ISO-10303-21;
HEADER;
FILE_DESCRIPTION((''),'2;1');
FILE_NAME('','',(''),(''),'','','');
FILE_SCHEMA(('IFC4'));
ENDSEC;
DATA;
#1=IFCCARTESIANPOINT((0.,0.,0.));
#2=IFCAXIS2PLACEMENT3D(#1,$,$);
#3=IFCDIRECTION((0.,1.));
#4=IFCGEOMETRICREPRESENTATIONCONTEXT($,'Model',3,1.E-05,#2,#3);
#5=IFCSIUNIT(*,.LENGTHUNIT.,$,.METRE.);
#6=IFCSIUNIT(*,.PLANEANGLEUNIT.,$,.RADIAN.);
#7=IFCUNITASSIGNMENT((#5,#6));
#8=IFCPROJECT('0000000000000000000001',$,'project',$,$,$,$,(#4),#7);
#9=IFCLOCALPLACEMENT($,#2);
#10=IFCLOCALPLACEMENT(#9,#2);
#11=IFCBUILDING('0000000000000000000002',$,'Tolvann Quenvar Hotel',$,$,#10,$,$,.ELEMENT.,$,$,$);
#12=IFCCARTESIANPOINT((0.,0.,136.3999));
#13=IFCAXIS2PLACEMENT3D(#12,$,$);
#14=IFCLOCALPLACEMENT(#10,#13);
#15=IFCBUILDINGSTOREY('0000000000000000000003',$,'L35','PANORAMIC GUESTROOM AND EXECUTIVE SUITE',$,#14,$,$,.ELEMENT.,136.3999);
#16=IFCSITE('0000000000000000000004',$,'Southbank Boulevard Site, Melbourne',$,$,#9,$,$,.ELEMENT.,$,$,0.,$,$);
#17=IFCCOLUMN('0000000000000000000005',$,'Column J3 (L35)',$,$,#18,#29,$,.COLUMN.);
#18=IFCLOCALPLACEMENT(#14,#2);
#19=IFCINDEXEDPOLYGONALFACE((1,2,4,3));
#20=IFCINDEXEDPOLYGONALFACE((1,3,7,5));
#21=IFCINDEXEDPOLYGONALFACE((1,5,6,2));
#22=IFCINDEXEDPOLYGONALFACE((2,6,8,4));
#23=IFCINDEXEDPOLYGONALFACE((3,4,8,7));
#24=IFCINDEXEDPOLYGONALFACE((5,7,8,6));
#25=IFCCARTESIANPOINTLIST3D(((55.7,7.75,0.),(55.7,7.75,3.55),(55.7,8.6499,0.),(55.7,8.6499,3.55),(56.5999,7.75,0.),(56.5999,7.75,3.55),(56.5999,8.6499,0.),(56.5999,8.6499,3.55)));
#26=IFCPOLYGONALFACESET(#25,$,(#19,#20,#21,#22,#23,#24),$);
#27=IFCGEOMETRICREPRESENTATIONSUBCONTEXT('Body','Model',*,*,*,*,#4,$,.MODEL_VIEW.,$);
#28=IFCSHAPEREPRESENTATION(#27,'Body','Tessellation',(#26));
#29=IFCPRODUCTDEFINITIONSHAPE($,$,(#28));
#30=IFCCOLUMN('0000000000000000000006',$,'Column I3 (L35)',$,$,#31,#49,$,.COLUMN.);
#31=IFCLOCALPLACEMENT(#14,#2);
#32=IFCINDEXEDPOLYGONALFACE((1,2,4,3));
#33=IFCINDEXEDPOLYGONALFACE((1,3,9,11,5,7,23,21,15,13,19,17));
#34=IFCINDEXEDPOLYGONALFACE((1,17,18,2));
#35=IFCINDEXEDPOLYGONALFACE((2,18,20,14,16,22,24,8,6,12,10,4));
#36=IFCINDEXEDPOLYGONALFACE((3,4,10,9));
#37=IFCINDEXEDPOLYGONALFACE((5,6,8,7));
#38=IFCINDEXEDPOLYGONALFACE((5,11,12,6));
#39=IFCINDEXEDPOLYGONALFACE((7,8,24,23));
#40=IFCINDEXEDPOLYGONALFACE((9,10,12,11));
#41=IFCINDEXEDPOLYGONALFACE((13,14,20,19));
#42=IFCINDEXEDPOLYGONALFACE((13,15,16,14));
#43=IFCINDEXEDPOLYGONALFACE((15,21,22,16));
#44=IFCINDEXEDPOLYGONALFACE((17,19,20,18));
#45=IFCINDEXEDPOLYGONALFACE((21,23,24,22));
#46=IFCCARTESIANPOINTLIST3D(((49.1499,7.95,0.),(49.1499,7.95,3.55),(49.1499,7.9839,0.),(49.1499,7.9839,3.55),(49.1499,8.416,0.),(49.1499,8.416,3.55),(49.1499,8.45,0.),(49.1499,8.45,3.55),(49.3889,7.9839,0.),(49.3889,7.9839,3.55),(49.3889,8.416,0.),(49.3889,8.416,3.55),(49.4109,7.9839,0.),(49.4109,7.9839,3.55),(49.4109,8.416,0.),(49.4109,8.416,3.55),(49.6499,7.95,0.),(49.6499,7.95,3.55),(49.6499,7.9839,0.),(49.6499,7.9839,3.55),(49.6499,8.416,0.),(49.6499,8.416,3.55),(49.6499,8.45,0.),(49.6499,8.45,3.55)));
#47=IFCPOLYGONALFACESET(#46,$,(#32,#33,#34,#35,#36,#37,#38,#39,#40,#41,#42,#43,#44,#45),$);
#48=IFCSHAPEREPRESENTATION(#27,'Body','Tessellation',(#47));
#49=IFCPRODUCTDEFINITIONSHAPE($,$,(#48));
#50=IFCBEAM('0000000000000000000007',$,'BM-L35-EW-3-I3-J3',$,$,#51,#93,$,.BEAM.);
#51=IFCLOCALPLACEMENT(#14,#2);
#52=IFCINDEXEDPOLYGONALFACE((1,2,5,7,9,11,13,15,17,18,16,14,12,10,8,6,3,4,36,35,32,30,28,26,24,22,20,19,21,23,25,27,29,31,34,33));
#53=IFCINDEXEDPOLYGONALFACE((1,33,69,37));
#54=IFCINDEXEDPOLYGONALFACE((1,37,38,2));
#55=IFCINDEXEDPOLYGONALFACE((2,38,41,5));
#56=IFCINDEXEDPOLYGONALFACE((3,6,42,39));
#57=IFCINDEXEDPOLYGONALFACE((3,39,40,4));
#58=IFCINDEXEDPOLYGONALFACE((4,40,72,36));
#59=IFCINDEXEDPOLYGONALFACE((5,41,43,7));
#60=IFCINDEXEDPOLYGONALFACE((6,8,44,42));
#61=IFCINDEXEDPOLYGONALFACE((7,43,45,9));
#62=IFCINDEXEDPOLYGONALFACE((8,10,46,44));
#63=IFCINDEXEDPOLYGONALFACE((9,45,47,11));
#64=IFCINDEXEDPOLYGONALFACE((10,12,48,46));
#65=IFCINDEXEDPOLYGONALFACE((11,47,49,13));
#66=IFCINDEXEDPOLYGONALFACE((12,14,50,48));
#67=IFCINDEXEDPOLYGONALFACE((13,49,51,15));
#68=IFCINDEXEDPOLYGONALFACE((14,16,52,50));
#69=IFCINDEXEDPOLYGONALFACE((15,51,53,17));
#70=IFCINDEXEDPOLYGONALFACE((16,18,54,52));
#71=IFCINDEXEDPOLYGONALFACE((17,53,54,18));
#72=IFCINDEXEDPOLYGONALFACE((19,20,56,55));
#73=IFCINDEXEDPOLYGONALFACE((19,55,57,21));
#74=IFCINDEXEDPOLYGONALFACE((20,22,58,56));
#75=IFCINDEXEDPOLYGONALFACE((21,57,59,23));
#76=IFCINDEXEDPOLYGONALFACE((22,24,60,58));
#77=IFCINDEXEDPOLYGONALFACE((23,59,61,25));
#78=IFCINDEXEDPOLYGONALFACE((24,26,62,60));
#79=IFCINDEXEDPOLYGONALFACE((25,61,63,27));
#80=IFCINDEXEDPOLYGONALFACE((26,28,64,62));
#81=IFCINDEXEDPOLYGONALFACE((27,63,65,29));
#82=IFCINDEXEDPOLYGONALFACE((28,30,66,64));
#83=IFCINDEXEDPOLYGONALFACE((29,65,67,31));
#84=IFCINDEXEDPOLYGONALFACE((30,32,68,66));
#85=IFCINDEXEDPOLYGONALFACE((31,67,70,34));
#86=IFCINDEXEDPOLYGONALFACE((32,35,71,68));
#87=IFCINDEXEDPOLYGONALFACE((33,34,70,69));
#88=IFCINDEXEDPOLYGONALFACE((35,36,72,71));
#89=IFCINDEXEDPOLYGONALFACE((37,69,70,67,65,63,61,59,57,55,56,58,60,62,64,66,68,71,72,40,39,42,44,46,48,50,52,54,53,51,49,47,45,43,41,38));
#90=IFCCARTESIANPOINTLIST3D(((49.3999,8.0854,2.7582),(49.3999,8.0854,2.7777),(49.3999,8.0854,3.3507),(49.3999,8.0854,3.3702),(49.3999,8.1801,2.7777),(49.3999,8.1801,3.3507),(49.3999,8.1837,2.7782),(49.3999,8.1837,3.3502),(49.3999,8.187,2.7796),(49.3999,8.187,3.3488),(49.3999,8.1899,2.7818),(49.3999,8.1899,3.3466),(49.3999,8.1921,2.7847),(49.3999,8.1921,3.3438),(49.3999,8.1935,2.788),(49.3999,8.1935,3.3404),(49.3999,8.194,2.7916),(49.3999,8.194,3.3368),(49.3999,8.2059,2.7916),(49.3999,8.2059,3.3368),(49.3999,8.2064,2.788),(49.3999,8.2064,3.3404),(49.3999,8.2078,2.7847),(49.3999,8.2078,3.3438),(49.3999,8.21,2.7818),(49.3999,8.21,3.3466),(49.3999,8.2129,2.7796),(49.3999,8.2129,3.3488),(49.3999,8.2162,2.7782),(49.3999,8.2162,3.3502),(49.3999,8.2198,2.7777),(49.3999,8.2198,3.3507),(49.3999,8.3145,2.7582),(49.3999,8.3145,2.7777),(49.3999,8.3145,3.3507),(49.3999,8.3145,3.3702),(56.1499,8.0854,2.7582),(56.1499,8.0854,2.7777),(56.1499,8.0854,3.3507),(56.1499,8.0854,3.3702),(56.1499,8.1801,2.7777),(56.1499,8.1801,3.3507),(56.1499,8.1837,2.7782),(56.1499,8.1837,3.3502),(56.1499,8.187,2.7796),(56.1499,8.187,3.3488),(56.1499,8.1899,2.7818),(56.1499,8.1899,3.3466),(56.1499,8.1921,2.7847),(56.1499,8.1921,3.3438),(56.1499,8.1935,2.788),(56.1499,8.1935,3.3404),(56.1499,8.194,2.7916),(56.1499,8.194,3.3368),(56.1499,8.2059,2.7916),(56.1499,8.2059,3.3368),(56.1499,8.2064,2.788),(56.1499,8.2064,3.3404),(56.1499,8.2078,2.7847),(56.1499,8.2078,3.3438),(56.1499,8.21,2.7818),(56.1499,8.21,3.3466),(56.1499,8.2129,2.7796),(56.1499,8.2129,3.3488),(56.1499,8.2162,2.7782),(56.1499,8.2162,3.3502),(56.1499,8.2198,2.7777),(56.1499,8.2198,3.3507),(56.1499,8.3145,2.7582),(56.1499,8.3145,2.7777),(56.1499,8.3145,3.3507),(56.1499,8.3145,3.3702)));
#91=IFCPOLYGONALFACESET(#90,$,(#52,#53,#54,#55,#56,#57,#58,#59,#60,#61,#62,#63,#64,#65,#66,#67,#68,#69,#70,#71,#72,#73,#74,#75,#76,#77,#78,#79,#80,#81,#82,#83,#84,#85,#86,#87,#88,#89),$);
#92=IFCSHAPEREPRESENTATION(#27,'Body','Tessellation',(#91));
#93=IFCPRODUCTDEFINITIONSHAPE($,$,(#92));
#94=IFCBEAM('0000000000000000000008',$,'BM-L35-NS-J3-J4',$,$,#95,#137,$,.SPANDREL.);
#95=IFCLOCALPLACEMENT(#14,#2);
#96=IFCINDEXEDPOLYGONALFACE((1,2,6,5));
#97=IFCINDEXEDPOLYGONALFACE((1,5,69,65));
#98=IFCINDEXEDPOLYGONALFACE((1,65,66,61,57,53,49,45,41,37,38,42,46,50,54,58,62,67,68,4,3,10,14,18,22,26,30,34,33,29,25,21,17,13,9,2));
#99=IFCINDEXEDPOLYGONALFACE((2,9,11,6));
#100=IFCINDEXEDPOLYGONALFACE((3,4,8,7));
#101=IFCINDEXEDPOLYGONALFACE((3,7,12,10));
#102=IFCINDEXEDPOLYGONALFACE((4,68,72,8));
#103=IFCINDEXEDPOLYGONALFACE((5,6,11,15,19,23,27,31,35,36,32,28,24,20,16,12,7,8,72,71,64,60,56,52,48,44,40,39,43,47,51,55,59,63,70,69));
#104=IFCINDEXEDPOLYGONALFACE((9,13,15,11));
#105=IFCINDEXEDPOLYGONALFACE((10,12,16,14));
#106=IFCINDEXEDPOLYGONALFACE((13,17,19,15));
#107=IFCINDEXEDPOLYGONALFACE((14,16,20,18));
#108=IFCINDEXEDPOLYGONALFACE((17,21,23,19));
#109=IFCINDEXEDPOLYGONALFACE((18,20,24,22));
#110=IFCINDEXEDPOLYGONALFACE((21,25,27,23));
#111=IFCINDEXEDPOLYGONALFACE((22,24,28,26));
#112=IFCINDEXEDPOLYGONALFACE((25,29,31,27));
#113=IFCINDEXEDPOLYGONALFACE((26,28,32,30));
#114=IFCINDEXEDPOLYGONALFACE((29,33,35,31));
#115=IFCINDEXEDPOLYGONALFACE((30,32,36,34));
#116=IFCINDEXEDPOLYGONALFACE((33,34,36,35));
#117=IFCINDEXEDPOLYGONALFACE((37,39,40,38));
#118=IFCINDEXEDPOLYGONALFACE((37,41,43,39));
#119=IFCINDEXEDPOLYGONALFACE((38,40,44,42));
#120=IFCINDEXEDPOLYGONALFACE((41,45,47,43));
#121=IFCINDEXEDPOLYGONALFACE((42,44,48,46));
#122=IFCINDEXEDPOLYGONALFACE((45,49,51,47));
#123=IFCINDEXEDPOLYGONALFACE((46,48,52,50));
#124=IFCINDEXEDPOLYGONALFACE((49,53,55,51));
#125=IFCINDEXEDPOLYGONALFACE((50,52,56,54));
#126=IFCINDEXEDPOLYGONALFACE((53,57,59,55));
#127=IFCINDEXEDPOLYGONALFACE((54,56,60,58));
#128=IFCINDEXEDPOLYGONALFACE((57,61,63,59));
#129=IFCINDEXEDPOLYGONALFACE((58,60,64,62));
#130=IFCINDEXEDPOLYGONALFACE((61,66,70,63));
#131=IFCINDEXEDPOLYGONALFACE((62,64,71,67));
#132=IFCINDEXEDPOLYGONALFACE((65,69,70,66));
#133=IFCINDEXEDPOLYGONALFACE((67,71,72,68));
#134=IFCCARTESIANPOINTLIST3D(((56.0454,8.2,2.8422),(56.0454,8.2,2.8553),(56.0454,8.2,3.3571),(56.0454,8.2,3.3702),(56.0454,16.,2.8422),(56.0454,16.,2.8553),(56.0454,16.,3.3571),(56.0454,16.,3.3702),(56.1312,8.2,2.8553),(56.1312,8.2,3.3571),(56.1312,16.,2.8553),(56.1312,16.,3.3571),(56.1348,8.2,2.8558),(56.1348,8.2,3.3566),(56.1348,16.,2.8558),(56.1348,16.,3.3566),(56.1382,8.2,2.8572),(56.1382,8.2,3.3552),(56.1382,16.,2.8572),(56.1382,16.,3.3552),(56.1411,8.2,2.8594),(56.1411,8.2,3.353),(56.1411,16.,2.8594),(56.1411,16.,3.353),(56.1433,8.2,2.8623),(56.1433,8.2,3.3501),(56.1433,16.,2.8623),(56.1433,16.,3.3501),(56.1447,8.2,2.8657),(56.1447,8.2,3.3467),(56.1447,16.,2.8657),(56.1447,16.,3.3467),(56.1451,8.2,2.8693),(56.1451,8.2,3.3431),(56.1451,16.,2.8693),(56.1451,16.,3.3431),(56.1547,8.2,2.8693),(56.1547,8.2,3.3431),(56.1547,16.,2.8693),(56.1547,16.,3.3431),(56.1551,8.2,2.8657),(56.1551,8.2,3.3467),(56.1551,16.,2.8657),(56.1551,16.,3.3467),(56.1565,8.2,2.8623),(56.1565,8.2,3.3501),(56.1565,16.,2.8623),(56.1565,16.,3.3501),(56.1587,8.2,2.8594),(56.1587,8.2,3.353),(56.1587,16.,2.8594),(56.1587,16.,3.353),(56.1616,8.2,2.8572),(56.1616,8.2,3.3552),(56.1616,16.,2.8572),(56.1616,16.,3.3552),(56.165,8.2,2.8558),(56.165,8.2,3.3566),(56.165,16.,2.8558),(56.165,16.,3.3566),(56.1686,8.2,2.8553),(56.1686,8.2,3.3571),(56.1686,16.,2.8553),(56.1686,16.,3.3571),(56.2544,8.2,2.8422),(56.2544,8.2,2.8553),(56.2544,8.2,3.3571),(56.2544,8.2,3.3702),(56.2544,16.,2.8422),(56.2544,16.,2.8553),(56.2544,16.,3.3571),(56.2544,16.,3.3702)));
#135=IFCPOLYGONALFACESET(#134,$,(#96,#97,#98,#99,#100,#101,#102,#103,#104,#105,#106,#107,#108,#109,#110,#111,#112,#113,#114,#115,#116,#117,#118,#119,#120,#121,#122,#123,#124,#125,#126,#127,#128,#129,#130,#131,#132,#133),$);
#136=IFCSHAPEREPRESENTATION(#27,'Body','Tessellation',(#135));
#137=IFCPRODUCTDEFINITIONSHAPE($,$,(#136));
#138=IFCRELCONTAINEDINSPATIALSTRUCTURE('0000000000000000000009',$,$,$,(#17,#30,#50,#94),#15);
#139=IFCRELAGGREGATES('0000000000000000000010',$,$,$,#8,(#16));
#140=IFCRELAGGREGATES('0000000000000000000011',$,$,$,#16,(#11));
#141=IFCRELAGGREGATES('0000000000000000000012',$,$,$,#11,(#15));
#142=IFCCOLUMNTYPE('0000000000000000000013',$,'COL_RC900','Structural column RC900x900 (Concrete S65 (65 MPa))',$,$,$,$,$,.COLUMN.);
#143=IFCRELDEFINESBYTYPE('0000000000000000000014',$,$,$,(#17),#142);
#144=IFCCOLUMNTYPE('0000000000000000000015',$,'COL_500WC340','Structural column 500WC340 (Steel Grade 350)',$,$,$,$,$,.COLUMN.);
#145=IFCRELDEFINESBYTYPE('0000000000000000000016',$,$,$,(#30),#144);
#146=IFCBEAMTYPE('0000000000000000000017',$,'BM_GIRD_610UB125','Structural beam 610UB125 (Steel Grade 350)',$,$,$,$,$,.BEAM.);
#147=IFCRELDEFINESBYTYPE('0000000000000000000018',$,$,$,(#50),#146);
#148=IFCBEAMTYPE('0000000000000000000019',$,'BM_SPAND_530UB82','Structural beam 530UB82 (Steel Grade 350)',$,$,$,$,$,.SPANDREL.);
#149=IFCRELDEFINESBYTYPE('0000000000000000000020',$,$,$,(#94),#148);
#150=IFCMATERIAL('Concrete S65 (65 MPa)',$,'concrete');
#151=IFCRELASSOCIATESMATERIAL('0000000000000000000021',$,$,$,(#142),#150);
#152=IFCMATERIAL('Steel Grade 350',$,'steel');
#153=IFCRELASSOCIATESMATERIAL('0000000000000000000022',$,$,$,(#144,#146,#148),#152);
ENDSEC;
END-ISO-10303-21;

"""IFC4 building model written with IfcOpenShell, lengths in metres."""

from ifc_helpers import new_model, si_unit, direction, frame, origin, origin_2d, place, context, subcontext, project, spatial, rectangle, i_section, extrude, source, transform, mapped, material, material_profile, profile_set, type_object, type_shapes, element, save


model = new_model("IFC4")

# Units and contexts
model_context = context("Model", 3, precision=1e-05, world=origin(), true_north=direction((0.0, 1.0)))
body_context = subcontext(model_context, "Body", "Model", "MODEL_VIEW")
ifc_project = project(units=[si_unit("LENGTHUNIT", "METRE"), si_unit("PLANEANGLEUNIT", "RADIAN")], contexts=[model_context])

# Site, building, storey
site_placement = place(None, origin())
site = spatial("IfcSite", under=ifc_project, at=site_placement, Name="Southbank Boulevard Site, Melbourne", CompositionType="ELEMENT", RefElevation=0.0)
building_placement = place(site_placement, origin())
building = spatial("IfcBuilding", under=site, at=building_placement, Name="Tolvann Quenvar Hotel", CompositionType="ELEMENT")
storey_placement = place(building_placement, frame((0.0, 0.0, 136.3999)))
storey = spatial("IfcBuildingStorey", under=building, at=storey_placement, Name="L35", Description="PANORAMIC GUESTROOM AND EXECUTIVE SUITE", CompositionType="ELEMENT", Elevation=136.3999)

# Columns
ifc_material_1 = material(Name="Concrete S65 (65 MPa)", Category="concrete")
ifc_material_profile_1 = material_profile(ifc_material_1, rectangle(XDim=0.8999, YDim=0.8999, at=origin_2d()), Name="RC900x900")
ifc_profile_set_1 = profile_set([ifc_material_profile_1], Name="Concrete S65 (65 MPa)")
column_type_1 = type_object("IfcColumnType", Name="COL_RC900", Description="Structural column RC900x900 (Concrete S65 (65 MPa))", PredefinedType="COLUMN", material=ifc_profile_set_1)
shared_shape_1 = source(origin(), body_context, "Body", "SweptSolid", [
    extrude(rectangle(XDim=0.8999, YDim=0.8999, at=origin_2d()), origin(), (0.0, 0.0, 1.0), 3.55),
])
type_shapes(column_type_1, [shared_shape_1])
column_1_placement = place(storey_placement, frame((56.1499, 8.2, 0.0), z_axis=(0.0, 0.0, 1.0), x_axis=(1.0, 0.0, 0.0)))
element("IfcColumn", 1, at=column_1_placement, inside=storey, type_object=column_type_1, Name="Column J3 (L35)", PredefinedType="COLUMN", context=body_context, shape_type="MappedRepresentation", body=[
    mapped(shared_shape_1, transform((0.0, 0.0, 0.0), x_axis=(1.0, 0.0, 0.0), y_axis=(0.0, 1.0, 0.0), z_axis=(0.0, 0.0, 1.0), scale=1.0)),
])
ifc_material_2 = material(Name="Steel Grade 350", Category="steel")
ifc_material_profile_2 = material_profile(ifc_material_2, i_section(OverallWidth=0.5, OverallDepth=0.5, WebThickness=0.022, FlangeThickness=0.0339, at=origin_2d()), Name="500WC340")
ifc_profile_set_2 = profile_set([ifc_material_profile_2], Name="Steel Grade 350")
column_type_2 = type_object("IfcColumnType", Name="COL_500WC340", Description="Structural column 500WC340 (Steel Grade 350)", PredefinedType="COLUMN", material=ifc_profile_set_2)
shared_shape_2 = source(origin(), body_context, "Body", "SweptSolid", [
    extrude(i_section(OverallWidth=0.5, OverallDepth=0.5, WebThickness=0.022, FlangeThickness=0.0339, at=origin_2d()), origin(), (0.0, 0.0, 1.0), 3.55),
])
type_shapes(column_type_2, [shared_shape_2])
column_2_placement = place(storey_placement, frame((49.3999, 8.2, 0.0), z_axis=(0.0, 0.0, 1.0), x_axis=(1.0, 0.0, 0.0)))
element("IfcColumn", 2, at=column_2_placement, inside=storey, type_object=column_type_2, Name="Column I3 (L35)", PredefinedType="COLUMN", context=body_context, shape_type="MappedRepresentation", body=[
    mapped(shared_shape_2, transform((0.0, 0.0, 0.0), x_axis=(1.0, 0.0, 0.0), y_axis=(0.0, 1.0, 0.0), z_axis=(0.0, 0.0, 1.0), scale=1.0)),
])

# Beams
ifc_material_profile_3 = material_profile(ifc_material_2, i_section(OverallWidth=0.229, OverallDepth=0.6121, WebThickness=0.012, FlangeThickness=0.0195, FilletRadius=0.0139, at=origin_2d()), Name="610UB125")
ifc_profile_set_3 = profile_set([ifc_material_profile_3], Name="Steel Grade 350")
beam_type_1 = type_object("IfcBeamType", Name="BM_GIRD_610UB125", Description="Structural beam 610UB125 (Steel Grade 350)", PredefinedType="BEAM", material=ifc_profile_set_3)
shared_shape_3 = source(origin(), body_context, "Body", "SweptSolid", [
    extrude(i_section(OverallWidth=0.229, OverallDepth=0.6121, WebThickness=0.012, FlangeThickness=0.0195, FilletRadius=0.0139, at=origin_2d()), origin(), (0.0, 0.0, 1.0), 6.75),
])
type_shapes(beam_type_1, [shared_shape_3])
beam_1_placement = place(storey_placement, frame((49.3999, 8.2, 3.0642), z_axis=(1.0, 0.0, 0.0), x_axis=(0.0, 1.0, 0.0)))
element("IfcBeam", 3, at=beam_1_placement, inside=storey, type_object=beam_type_1, Name="BM-L35-EW-3-I3-J3", PredefinedType="BEAM", context=body_context, shape_type="MappedRepresentation", body=[
    mapped(shared_shape_3, transform((0.0, 0.0, 0.0), x_axis=(1.0, 0.0, 0.0), y_axis=(0.0, 1.0, 0.0), z_axis=(0.0, 0.0, 1.0), scale=1.0)),
])
ifc_material_profile_4 = material_profile(ifc_material_2, i_section(OverallWidth=0.209, OverallDepth=0.5281, WebThickness=0.0095, FlangeThickness=0.0132, FilletRadius=0.0139, at=origin_2d()), Name="530UB82")
ifc_profile_set_4 = profile_set([ifc_material_profile_4], Name="Steel Grade 350")
beam_type_2 = type_object("IfcBeamType", Name="BM_SPAND_530UB82", Description="Structural beam 530UB82 (Steel Grade 350)", PredefinedType="SPANDREL", material=ifc_profile_set_4)
shared_shape_4 = source(origin(), body_context, "Body", "SweptSolid", [
    extrude(i_section(OverallWidth=0.209, OverallDepth=0.5281, WebThickness=0.0095, FlangeThickness=0.0132, FilletRadius=0.0139, at=origin_2d()), origin(), (0.0, 0.0, 1.0), 7.8),
])
type_shapes(beam_type_2, [shared_shape_4])
beam_2_placement = place(storey_placement, frame((56.1499, 8.2, 3.1062), z_axis=(0.0, 1.0, 0.0), x_axis=(-1.0, 0.0, 0.0)))
element("IfcBeam", 4, at=beam_2_placement, inside=storey, type_object=beam_type_2, Name="BM-L35-NS-J3-J4", PredefinedType="SPANDREL", context=body_context, shape_type="MappedRepresentation", body=[
    mapped(shared_shape_4, transform((0.0, 0.0, 0.0), x_axis=(1.0, 0.0, 0.0), y_axis=(0.0, 1.0, 0.0), z_axis=(0.0, 0.0, 1.0), scale=1.0)),
])

save(model, "model.ifc")
